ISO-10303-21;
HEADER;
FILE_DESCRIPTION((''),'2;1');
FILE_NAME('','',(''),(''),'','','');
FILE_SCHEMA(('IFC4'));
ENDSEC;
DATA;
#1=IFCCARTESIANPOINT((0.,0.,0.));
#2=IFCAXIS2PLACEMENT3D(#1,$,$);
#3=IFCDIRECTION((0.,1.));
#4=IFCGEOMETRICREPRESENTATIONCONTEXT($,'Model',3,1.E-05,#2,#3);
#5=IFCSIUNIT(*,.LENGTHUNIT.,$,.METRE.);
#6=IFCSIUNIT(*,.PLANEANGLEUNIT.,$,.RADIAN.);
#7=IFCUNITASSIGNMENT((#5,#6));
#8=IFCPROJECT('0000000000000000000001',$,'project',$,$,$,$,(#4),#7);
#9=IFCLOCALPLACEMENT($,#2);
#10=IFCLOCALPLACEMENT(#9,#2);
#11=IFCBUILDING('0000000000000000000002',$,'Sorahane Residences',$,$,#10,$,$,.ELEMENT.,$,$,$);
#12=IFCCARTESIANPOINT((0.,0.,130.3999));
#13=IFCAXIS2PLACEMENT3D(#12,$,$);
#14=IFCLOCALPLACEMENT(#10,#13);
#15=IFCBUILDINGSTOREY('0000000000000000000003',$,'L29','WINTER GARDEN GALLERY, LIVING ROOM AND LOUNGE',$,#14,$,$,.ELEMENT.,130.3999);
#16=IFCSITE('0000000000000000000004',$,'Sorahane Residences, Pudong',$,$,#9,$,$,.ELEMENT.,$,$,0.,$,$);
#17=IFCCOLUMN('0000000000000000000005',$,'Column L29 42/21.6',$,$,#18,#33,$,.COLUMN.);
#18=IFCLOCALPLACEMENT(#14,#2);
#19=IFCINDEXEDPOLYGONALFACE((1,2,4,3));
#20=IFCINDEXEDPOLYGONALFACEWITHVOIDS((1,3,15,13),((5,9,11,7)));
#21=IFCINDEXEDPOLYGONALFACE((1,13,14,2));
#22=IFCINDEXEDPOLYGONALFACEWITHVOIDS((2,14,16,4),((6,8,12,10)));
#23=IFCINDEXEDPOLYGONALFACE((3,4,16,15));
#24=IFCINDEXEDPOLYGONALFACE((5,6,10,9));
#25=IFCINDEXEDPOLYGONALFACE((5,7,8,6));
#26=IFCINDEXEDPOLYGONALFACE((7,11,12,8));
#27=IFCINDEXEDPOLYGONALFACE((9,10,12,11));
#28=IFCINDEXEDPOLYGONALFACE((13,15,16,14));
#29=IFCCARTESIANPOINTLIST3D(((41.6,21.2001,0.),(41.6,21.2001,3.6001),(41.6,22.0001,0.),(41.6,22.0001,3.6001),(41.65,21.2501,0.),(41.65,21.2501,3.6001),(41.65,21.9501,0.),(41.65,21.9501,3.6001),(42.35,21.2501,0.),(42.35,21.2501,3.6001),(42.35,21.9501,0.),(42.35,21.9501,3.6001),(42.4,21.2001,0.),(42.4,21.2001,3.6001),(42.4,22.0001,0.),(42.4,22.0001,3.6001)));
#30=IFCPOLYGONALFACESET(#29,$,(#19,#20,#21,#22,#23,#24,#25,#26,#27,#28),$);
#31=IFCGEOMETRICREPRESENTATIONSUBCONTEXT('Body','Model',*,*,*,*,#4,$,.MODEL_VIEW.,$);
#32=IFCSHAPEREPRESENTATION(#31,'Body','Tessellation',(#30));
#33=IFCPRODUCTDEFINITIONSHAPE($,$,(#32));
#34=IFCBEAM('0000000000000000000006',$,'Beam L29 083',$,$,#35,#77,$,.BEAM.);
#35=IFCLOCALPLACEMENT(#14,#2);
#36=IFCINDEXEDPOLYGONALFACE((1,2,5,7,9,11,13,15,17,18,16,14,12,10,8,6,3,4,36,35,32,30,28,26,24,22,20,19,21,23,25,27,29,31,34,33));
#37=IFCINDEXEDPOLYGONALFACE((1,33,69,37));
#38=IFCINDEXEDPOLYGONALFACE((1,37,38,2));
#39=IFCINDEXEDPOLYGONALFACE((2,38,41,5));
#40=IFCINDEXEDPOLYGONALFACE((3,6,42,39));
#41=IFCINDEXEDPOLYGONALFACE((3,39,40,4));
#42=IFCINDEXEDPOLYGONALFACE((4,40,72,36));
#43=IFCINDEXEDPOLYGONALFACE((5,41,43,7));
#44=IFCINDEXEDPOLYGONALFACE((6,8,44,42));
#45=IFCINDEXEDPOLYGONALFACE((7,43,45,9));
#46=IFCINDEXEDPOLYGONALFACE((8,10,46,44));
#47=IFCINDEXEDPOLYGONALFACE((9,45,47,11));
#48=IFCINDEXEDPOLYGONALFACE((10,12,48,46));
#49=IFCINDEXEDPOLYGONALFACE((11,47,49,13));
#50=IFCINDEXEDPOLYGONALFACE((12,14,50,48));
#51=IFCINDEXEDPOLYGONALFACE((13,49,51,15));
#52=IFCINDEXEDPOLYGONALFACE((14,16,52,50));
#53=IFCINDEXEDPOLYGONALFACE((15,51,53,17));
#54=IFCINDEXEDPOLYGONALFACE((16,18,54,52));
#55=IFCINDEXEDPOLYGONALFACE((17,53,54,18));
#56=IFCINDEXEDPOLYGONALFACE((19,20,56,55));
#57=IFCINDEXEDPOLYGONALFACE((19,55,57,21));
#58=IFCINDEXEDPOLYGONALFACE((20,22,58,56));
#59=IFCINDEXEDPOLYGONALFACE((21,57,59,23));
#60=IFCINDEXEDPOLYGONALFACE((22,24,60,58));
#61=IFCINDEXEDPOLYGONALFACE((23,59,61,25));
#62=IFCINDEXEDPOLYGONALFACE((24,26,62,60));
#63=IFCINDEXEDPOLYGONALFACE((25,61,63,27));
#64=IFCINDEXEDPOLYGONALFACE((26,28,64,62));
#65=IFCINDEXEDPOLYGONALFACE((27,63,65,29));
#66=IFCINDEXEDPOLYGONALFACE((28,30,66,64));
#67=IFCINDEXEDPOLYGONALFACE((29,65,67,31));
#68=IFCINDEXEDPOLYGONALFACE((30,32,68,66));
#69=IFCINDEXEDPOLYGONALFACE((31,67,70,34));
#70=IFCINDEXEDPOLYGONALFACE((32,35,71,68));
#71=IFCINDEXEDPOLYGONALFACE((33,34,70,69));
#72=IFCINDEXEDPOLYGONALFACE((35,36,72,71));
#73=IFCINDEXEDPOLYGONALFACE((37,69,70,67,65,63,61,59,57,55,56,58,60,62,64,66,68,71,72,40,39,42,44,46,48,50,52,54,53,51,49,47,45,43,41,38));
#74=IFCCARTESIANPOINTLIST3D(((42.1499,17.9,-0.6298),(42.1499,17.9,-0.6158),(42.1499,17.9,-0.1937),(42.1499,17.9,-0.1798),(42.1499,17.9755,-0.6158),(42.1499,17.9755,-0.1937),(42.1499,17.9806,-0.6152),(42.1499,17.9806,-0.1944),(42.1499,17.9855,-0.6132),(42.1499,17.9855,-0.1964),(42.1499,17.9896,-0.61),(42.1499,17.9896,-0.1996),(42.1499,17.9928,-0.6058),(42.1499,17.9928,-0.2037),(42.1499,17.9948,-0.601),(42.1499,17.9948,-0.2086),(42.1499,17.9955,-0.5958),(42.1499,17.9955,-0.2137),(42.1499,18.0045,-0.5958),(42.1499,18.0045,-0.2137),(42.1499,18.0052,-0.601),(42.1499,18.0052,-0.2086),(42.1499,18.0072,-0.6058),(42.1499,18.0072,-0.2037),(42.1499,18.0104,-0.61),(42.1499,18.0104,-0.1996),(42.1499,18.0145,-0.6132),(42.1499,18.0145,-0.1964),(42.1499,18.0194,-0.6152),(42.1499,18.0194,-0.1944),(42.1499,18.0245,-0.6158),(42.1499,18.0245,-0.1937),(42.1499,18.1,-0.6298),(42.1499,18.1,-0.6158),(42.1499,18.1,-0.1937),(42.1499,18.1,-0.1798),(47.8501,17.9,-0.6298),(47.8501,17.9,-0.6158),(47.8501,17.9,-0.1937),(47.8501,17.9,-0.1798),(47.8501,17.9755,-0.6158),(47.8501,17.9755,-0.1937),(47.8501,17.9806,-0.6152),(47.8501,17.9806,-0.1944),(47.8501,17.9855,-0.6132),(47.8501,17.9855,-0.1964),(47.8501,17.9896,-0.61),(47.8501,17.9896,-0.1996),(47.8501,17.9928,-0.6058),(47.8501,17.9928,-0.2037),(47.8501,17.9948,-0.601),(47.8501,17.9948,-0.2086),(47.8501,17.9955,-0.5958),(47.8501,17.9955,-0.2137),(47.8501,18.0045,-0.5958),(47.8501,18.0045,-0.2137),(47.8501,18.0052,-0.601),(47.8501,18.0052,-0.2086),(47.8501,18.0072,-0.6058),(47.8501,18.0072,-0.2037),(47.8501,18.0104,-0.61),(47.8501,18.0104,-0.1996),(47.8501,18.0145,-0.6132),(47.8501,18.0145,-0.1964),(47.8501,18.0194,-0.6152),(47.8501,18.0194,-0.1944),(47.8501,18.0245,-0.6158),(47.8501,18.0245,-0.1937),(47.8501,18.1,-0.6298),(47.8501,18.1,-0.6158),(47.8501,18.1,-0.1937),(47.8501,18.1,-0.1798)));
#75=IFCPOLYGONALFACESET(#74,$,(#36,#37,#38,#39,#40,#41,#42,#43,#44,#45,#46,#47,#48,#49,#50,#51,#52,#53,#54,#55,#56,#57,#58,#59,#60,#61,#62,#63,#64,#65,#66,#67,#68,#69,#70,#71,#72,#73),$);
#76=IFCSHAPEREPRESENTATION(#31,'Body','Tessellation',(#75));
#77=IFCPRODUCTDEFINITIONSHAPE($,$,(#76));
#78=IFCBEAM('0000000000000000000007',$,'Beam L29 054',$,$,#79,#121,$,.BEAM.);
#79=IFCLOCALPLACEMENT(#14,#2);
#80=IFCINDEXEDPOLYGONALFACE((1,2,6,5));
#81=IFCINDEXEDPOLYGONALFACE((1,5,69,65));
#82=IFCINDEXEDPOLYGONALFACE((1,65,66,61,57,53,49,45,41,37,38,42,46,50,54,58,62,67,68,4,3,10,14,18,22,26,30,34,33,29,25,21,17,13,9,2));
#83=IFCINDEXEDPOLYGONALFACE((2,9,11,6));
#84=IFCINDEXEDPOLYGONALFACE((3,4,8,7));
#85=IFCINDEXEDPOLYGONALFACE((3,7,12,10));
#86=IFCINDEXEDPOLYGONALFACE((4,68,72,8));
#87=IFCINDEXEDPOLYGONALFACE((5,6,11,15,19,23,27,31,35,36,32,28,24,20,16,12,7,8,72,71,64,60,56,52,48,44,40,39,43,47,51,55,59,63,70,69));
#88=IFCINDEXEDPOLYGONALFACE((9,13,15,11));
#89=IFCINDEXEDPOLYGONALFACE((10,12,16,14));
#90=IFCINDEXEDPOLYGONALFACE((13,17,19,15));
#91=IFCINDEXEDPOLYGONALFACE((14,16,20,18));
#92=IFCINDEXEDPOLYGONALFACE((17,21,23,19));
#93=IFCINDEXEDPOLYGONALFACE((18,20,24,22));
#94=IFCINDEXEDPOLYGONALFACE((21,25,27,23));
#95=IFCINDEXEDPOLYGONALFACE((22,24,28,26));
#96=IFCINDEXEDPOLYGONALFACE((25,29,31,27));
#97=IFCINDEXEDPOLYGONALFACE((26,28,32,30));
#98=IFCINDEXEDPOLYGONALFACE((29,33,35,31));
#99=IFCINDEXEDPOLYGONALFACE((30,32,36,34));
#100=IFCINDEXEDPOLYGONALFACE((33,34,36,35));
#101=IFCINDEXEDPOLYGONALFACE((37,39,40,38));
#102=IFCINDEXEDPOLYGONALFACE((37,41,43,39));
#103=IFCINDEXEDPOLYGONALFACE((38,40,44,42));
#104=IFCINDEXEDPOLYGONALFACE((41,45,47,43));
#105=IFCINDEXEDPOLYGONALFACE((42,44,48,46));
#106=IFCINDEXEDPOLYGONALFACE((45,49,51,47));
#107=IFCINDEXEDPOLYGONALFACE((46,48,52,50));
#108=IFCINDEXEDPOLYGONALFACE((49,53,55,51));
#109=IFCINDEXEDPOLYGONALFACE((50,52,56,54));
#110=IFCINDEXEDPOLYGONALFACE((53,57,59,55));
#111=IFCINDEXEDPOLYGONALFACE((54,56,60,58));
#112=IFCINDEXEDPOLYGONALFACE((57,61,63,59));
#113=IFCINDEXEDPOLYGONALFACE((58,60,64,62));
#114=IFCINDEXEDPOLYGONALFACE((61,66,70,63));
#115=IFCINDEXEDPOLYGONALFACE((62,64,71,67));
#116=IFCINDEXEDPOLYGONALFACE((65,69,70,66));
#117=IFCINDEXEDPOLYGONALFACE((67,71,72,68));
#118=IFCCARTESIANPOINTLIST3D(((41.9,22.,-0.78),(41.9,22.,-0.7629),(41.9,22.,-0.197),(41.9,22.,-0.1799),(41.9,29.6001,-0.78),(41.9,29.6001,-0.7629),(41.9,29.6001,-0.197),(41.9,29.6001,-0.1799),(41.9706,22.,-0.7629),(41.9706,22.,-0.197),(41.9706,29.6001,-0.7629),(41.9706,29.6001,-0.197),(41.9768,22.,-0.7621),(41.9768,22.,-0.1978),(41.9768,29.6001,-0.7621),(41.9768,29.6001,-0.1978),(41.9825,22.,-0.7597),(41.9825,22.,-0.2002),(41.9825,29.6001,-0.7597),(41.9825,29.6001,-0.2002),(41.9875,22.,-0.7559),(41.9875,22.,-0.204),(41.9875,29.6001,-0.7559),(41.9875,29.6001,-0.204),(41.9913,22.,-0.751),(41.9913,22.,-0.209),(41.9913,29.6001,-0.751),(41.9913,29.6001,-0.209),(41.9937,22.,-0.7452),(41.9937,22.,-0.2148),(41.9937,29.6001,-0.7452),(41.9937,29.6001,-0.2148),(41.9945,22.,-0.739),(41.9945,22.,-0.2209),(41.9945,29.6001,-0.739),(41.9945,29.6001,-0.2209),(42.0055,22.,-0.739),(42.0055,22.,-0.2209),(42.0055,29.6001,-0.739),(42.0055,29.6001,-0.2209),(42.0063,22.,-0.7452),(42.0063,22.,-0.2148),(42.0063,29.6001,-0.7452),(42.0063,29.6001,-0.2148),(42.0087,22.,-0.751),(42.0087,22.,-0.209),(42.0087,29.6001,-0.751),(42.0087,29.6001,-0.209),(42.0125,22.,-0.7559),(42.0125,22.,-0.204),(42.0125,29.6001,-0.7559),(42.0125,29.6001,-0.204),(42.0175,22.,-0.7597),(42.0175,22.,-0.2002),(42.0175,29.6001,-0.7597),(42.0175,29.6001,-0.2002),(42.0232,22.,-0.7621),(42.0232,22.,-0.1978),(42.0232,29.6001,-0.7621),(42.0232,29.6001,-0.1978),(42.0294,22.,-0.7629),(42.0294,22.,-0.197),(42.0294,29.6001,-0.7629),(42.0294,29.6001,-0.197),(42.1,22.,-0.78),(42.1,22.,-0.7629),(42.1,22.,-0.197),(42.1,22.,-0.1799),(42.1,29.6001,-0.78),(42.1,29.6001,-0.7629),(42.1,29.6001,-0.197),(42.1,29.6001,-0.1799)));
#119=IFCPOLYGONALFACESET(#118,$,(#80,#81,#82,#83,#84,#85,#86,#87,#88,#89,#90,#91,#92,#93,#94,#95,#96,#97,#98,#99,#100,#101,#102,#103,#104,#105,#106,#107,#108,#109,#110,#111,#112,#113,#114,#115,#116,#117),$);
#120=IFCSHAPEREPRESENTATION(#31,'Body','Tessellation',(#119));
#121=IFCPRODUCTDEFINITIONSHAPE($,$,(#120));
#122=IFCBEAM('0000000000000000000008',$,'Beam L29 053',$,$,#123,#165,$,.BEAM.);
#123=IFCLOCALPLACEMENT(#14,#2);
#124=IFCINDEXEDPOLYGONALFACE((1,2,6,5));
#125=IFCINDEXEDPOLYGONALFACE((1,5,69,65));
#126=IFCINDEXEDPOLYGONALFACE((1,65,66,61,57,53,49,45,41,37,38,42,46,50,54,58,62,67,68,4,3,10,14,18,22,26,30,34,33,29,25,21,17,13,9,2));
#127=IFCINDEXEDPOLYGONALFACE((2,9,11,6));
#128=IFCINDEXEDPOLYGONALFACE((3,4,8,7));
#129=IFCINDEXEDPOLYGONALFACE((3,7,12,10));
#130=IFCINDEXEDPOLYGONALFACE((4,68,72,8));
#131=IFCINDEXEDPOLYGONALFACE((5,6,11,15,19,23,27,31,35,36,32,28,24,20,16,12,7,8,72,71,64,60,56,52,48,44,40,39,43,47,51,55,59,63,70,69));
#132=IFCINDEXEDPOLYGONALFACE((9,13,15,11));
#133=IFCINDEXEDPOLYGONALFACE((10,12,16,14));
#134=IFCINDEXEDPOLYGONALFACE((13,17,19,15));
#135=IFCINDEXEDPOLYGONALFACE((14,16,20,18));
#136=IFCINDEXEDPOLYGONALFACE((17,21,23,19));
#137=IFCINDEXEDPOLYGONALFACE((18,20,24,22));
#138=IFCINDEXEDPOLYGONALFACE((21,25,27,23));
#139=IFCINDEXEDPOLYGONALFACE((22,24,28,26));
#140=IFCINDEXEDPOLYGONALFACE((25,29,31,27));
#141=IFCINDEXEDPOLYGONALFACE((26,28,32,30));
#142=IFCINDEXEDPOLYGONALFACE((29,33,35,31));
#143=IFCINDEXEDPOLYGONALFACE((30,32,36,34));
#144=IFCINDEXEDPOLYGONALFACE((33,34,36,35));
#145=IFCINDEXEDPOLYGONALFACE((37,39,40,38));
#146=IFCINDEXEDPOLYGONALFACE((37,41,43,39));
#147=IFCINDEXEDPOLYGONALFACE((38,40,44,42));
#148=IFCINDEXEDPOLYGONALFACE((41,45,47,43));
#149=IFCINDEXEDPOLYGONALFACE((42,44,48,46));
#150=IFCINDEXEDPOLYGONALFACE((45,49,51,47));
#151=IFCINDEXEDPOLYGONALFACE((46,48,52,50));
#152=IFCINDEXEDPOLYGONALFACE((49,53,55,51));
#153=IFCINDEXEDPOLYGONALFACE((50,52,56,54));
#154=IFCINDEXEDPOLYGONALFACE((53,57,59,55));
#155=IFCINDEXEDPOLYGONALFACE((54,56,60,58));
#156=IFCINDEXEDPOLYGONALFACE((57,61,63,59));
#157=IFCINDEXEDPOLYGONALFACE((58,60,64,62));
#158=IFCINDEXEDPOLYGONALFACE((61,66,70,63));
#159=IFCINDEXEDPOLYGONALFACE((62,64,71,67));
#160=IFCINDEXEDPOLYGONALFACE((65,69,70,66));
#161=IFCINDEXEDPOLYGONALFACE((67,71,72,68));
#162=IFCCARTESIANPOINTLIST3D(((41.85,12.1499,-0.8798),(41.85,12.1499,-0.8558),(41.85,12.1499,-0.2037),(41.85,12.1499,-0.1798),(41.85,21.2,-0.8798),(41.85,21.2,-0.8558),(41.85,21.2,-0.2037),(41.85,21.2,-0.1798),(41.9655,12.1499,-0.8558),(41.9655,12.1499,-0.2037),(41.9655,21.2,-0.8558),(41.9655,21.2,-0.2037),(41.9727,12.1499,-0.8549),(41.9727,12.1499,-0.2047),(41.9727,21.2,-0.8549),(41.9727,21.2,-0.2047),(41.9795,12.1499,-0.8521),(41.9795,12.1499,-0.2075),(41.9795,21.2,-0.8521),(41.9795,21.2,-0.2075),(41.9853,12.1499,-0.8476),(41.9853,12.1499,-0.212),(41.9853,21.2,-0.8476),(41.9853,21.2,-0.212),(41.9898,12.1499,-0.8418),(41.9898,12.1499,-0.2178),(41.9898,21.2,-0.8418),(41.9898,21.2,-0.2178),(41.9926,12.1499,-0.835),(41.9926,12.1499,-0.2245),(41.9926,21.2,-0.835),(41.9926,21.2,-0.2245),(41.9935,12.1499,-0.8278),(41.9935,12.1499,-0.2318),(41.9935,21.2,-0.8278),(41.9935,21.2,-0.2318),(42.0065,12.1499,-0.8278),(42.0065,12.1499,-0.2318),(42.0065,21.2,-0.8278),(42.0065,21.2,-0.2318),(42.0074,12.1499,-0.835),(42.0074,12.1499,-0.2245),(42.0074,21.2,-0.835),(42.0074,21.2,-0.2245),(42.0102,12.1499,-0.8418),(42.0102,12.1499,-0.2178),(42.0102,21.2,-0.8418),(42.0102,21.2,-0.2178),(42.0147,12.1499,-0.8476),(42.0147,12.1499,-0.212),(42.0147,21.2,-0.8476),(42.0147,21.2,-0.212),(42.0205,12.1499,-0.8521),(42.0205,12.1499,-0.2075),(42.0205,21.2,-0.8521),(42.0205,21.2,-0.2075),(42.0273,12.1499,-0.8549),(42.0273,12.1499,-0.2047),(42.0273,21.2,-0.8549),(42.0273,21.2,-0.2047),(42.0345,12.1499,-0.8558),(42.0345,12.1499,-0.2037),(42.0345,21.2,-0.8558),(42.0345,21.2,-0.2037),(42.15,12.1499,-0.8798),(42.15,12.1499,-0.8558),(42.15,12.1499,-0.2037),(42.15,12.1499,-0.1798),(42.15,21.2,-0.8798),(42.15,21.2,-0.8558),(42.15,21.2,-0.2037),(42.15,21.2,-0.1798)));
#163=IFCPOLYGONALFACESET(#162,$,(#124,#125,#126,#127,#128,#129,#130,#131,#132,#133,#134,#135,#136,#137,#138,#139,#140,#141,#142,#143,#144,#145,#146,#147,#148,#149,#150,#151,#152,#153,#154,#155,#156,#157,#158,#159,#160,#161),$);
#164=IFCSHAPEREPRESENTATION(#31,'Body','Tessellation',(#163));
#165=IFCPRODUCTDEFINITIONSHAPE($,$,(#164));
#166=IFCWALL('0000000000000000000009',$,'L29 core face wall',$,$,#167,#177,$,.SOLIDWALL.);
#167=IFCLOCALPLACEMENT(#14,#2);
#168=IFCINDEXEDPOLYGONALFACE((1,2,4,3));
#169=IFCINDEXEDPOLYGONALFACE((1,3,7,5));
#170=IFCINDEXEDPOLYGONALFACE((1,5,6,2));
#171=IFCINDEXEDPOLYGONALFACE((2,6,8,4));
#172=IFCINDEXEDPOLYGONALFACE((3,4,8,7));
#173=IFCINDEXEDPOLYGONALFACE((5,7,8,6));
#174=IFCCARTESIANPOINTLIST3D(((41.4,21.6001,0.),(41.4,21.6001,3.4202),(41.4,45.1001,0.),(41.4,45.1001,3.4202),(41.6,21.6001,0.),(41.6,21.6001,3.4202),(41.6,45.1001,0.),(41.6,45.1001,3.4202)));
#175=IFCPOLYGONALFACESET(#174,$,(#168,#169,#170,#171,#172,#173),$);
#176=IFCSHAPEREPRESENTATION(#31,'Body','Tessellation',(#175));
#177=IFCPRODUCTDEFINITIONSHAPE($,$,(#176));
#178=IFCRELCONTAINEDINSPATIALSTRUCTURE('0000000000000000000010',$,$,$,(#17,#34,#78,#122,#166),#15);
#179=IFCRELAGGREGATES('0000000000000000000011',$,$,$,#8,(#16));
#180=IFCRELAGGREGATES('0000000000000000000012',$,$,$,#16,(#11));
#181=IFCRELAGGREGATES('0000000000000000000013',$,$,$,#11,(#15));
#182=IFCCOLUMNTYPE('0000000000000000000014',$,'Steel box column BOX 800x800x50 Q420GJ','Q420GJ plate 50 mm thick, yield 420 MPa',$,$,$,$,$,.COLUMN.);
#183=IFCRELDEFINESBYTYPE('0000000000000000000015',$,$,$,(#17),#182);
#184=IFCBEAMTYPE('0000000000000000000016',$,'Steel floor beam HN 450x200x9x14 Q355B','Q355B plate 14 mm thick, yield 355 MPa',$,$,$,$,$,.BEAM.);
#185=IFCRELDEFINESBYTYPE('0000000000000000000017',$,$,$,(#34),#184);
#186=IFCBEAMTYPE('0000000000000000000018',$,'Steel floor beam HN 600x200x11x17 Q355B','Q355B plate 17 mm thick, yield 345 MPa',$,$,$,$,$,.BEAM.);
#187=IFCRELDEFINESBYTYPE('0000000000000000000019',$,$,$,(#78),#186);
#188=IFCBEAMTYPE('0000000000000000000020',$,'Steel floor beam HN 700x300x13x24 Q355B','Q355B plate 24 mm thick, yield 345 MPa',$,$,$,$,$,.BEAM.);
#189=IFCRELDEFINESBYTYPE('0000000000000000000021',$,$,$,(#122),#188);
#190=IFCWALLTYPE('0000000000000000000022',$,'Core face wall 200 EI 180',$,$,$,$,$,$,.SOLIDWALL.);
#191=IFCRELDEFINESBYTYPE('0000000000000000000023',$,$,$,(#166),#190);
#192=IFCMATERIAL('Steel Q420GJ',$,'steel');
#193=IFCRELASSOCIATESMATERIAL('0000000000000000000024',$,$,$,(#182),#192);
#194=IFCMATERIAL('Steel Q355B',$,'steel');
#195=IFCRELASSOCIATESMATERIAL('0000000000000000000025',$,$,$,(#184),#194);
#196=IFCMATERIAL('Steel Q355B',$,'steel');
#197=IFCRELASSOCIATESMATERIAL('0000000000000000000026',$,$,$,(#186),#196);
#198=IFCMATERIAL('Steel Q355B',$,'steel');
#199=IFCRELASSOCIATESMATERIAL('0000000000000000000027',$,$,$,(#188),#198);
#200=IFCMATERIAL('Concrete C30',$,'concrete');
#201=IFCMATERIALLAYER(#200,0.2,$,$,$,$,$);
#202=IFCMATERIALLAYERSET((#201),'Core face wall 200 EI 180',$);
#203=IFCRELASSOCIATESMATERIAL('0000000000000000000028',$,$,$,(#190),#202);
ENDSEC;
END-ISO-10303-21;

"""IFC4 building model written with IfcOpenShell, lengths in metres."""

from ifc_helpers import new_model, si_unit, direction, frame, frame_2d, origin, origin_2d, place, context, subcontext, project, spatial, rectangle, hollow_rectangle, i_section, extrude, material, layer, layer_set, material_profile, profile_set, type_object, element, save


model = new_model("IFC4")

# Units and contexts
model_context = context("Model", 3, precision=1e-05, world=origin(), true_north=direction((0.0, 1.0)))
body_context = subcontext(model_context, "Body", "Model", "MODEL_VIEW")
ifc_project = project(units=[si_unit("LENGTHUNIT", "METRE"), si_unit("PLANEANGLEUNIT", "RADIAN")], contexts=[model_context])

# Site, building, storey
site_placement = place(None, origin())
site = spatial("IfcSite", under=ifc_project, at=site_placement, Name="Sorahane Residences, Pudong", CompositionType="ELEMENT", RefElevation=0.0)
building_placement = place(site_placement, origin())
building = spatial("IfcBuilding", under=site, at=building_placement, Name="Sorahane Residences", CompositionType="ELEMENT")
storey_placement = place(building_placement, frame((0.0, 0.0, 130.3999)))
storey = spatial("IfcBuildingStorey", under=building, at=storey_placement, Name="L29", Description="WINTER GARDEN GALLERY, LIVING ROOM AND LOUNGE", CompositionType="ELEMENT", Elevation=130.3999)

# Column
ifc_material_1 = material(Name="Steel Q420GJ", Category="steel")
ifc_material_profile_1 = material_profile(ifc_material_1, hollow_rectangle(XDim=0.8, YDim=0.8, WallThickness=0.05, at=origin_2d()), Name="BOX 800x800x50")
ifc_profile_set_1 = profile_set([ifc_material_profile_1], Name="Steel Q420GJ")
column_type = type_object("IfcColumnType", Name="Steel box column BOX 800x800x50 Q420GJ", Description="Q420GJ plate 50 mm thick, yield 420 MPa", PredefinedType="COLUMN", material=ifc_profile_set_1)
column_placement = place(storey_placement, frame((42.0, 21.6001, 0.0), z_axis=(0.0, 0.0, 1.0), x_axis=(1.0, 0.0, 0.0)))
element("IfcColumn", 1, at=column_placement, inside=storey, type_object=column_type, Name="Column L29 42/21.6", PredefinedType="COLUMN", context=body_context, shape_type="SweptSolid", body=[
    extrude(hollow_rectangle(XDim=0.8, YDim=0.8, WallThickness=0.05, at=origin_2d()), origin(), (0.0, 0.0, 1.0), 3.6001),
])

# Beams
ifc_material_2 = material(Name="Steel Q355B", Category="steel")
ifc_material_profile_2 = material_profile(ifc_material_2, i_section(OverallWidth=0.2, OverallDepth=0.45, WebThickness=0.009, FlangeThickness=0.0139, FilletRadius=0.02, at=origin_2d()), Name="HN 450x200x9x14")
ifc_profile_set_2 = profile_set([ifc_material_profile_2], Name="Steel Q355B")
beam_type_1 = type_object("IfcBeamType", Name="Steel floor beam HN 450x200x9x14 Q355B", Description="Q355B plate 14 mm thick, yield 355 MPa", PredefinedType="BEAM", material=ifc_profile_set_2)
beam_1_placement = place(storey_placement, frame((42.1499, 18.0, -0.4048), z_axis=(1.0, 0.0, 0.0), x_axis=(0.0, 1.0, 0.0)))
element("IfcBeam", 2, at=beam_1_placement, inside=storey, type_object=beam_type_1, Name="Beam L29 083", PredefinedType="BEAM", context=body_context, shape_type="SweptSolid", body=[
    extrude(i_section(OverallWidth=0.2, OverallDepth=0.45, WebThickness=0.009, FlangeThickness=0.0139, FilletRadius=0.02, at=origin_2d()), origin(), (0.0, 0.0, 1.0), 5.7002),
])
ifc_material_3 = material(Name="Steel Q355B", Category="steel")
ifc_material_profile_3 = material_profile(ifc_material_3, i_section(OverallWidth=0.2, OverallDepth=0.6001, WebThickness=0.011, FlangeThickness=0.0171, FilletRadius=0.0239, at=origin_2d()), Name="HN 600x200x11x17")
ifc_profile_set_3 = profile_set([ifc_material_profile_3], Name="Steel Q355B")
beam_type_2 = type_object("IfcBeamType", Name="Steel floor beam HN 600x200x11x17 Q355B", Description="Q355B plate 17 mm thick, yield 345 MPa", PredefinedType="BEAM", material=ifc_profile_set_3)
beam_2_placement = place(storey_placement, frame((42.0, 22.0, -0.48), z_axis=(0.0, 1.0, 0.0), x_axis=(-1.0, 0.0, 0.0)))
element("IfcBeam", 3, at=beam_2_placement, inside=storey, type_object=beam_type_2, Name="Beam L29 054", PredefinedType="BEAM", context=body_context, shape_type="SweptSolid", body=[
    extrude(i_section(OverallWidth=0.2, OverallDepth=0.6001, WebThickness=0.011, FlangeThickness=0.0171, FilletRadius=0.0239, at=origin_2d()), origin(), (0.0, 0.0, 1.0), 7.6001),
])
ifc_material_4 = material(Name="Steel Q355B", Category="steel")
ifc_material_profile_4 = material_profile(ifc_material_4, i_section(OverallWidth=0.3, OverallDepth=0.7, WebThickness=0.0129, FlangeThickness=0.0239, FilletRadius=0.0281, at=origin_2d()), Name="HN 700x300x13x24")
ifc_profile_set_4 = profile_set([ifc_material_profile_4], Name="Steel Q355B")
beam_type_3 = type_object("IfcBeamType", Name="Steel floor beam HN 700x300x13x24 Q355B", Description="Q355B plate 24 mm thick, yield 345 MPa", PredefinedType="BEAM", material=ifc_profile_set_4)
beam_3_placement = place(storey_placement, frame((42.0, 12.1499, -0.5298), z_axis=(0.0, 1.0, 0.0), x_axis=(-1.0, 0.0, 0.0)))
element("IfcBeam", 4, at=beam_3_placement, inside=storey, type_object=beam_type_3, Name="Beam L29 053", PredefinedType="BEAM", context=body_context, shape_type="SweptSolid", body=[
    extrude(i_section(OverallWidth=0.3, OverallDepth=0.7, WebThickness=0.0129, FlangeThickness=0.0239, FilletRadius=0.0281, at=origin_2d()), origin(), (0.0, 0.0, 1.0), 9.05),
])

# Wall
ifc_material_5 = material(Name="Concrete C30", Category="concrete")
ifc_layer_1 = layer(ifc_material_5, 0.2)
ifc_layer_set_1 = layer_set([ifc_layer_1], Name="Core face wall 200 EI 180")
wall_type_1 = type_object("IfcWallType", Name="Core face wall 200 EI 180", PredefinedType="SOLIDWALL", material=ifc_layer_set_1)
wall_1_placement = place(storey_placement, frame((41.5, 21.6001, 0.0), z_axis=(0.0, 0.0, 1.0), x_axis=(0.0, 1.0, 0.0)))
element("IfcWall", 5, at=wall_1_placement, inside=storey, type_object=wall_type_1, Name="L29 core face wall", PredefinedType="SOLIDWALL", context=body_context, shape_type="SweptSolid", body=[
    extrude(rectangle(XDim=23.5, YDim=0.2, at=frame_2d((11.75, 0.0))), origin(), (0.0, 0.0, 1.0), 3.4202),
])

save(model, "model.ifc")
